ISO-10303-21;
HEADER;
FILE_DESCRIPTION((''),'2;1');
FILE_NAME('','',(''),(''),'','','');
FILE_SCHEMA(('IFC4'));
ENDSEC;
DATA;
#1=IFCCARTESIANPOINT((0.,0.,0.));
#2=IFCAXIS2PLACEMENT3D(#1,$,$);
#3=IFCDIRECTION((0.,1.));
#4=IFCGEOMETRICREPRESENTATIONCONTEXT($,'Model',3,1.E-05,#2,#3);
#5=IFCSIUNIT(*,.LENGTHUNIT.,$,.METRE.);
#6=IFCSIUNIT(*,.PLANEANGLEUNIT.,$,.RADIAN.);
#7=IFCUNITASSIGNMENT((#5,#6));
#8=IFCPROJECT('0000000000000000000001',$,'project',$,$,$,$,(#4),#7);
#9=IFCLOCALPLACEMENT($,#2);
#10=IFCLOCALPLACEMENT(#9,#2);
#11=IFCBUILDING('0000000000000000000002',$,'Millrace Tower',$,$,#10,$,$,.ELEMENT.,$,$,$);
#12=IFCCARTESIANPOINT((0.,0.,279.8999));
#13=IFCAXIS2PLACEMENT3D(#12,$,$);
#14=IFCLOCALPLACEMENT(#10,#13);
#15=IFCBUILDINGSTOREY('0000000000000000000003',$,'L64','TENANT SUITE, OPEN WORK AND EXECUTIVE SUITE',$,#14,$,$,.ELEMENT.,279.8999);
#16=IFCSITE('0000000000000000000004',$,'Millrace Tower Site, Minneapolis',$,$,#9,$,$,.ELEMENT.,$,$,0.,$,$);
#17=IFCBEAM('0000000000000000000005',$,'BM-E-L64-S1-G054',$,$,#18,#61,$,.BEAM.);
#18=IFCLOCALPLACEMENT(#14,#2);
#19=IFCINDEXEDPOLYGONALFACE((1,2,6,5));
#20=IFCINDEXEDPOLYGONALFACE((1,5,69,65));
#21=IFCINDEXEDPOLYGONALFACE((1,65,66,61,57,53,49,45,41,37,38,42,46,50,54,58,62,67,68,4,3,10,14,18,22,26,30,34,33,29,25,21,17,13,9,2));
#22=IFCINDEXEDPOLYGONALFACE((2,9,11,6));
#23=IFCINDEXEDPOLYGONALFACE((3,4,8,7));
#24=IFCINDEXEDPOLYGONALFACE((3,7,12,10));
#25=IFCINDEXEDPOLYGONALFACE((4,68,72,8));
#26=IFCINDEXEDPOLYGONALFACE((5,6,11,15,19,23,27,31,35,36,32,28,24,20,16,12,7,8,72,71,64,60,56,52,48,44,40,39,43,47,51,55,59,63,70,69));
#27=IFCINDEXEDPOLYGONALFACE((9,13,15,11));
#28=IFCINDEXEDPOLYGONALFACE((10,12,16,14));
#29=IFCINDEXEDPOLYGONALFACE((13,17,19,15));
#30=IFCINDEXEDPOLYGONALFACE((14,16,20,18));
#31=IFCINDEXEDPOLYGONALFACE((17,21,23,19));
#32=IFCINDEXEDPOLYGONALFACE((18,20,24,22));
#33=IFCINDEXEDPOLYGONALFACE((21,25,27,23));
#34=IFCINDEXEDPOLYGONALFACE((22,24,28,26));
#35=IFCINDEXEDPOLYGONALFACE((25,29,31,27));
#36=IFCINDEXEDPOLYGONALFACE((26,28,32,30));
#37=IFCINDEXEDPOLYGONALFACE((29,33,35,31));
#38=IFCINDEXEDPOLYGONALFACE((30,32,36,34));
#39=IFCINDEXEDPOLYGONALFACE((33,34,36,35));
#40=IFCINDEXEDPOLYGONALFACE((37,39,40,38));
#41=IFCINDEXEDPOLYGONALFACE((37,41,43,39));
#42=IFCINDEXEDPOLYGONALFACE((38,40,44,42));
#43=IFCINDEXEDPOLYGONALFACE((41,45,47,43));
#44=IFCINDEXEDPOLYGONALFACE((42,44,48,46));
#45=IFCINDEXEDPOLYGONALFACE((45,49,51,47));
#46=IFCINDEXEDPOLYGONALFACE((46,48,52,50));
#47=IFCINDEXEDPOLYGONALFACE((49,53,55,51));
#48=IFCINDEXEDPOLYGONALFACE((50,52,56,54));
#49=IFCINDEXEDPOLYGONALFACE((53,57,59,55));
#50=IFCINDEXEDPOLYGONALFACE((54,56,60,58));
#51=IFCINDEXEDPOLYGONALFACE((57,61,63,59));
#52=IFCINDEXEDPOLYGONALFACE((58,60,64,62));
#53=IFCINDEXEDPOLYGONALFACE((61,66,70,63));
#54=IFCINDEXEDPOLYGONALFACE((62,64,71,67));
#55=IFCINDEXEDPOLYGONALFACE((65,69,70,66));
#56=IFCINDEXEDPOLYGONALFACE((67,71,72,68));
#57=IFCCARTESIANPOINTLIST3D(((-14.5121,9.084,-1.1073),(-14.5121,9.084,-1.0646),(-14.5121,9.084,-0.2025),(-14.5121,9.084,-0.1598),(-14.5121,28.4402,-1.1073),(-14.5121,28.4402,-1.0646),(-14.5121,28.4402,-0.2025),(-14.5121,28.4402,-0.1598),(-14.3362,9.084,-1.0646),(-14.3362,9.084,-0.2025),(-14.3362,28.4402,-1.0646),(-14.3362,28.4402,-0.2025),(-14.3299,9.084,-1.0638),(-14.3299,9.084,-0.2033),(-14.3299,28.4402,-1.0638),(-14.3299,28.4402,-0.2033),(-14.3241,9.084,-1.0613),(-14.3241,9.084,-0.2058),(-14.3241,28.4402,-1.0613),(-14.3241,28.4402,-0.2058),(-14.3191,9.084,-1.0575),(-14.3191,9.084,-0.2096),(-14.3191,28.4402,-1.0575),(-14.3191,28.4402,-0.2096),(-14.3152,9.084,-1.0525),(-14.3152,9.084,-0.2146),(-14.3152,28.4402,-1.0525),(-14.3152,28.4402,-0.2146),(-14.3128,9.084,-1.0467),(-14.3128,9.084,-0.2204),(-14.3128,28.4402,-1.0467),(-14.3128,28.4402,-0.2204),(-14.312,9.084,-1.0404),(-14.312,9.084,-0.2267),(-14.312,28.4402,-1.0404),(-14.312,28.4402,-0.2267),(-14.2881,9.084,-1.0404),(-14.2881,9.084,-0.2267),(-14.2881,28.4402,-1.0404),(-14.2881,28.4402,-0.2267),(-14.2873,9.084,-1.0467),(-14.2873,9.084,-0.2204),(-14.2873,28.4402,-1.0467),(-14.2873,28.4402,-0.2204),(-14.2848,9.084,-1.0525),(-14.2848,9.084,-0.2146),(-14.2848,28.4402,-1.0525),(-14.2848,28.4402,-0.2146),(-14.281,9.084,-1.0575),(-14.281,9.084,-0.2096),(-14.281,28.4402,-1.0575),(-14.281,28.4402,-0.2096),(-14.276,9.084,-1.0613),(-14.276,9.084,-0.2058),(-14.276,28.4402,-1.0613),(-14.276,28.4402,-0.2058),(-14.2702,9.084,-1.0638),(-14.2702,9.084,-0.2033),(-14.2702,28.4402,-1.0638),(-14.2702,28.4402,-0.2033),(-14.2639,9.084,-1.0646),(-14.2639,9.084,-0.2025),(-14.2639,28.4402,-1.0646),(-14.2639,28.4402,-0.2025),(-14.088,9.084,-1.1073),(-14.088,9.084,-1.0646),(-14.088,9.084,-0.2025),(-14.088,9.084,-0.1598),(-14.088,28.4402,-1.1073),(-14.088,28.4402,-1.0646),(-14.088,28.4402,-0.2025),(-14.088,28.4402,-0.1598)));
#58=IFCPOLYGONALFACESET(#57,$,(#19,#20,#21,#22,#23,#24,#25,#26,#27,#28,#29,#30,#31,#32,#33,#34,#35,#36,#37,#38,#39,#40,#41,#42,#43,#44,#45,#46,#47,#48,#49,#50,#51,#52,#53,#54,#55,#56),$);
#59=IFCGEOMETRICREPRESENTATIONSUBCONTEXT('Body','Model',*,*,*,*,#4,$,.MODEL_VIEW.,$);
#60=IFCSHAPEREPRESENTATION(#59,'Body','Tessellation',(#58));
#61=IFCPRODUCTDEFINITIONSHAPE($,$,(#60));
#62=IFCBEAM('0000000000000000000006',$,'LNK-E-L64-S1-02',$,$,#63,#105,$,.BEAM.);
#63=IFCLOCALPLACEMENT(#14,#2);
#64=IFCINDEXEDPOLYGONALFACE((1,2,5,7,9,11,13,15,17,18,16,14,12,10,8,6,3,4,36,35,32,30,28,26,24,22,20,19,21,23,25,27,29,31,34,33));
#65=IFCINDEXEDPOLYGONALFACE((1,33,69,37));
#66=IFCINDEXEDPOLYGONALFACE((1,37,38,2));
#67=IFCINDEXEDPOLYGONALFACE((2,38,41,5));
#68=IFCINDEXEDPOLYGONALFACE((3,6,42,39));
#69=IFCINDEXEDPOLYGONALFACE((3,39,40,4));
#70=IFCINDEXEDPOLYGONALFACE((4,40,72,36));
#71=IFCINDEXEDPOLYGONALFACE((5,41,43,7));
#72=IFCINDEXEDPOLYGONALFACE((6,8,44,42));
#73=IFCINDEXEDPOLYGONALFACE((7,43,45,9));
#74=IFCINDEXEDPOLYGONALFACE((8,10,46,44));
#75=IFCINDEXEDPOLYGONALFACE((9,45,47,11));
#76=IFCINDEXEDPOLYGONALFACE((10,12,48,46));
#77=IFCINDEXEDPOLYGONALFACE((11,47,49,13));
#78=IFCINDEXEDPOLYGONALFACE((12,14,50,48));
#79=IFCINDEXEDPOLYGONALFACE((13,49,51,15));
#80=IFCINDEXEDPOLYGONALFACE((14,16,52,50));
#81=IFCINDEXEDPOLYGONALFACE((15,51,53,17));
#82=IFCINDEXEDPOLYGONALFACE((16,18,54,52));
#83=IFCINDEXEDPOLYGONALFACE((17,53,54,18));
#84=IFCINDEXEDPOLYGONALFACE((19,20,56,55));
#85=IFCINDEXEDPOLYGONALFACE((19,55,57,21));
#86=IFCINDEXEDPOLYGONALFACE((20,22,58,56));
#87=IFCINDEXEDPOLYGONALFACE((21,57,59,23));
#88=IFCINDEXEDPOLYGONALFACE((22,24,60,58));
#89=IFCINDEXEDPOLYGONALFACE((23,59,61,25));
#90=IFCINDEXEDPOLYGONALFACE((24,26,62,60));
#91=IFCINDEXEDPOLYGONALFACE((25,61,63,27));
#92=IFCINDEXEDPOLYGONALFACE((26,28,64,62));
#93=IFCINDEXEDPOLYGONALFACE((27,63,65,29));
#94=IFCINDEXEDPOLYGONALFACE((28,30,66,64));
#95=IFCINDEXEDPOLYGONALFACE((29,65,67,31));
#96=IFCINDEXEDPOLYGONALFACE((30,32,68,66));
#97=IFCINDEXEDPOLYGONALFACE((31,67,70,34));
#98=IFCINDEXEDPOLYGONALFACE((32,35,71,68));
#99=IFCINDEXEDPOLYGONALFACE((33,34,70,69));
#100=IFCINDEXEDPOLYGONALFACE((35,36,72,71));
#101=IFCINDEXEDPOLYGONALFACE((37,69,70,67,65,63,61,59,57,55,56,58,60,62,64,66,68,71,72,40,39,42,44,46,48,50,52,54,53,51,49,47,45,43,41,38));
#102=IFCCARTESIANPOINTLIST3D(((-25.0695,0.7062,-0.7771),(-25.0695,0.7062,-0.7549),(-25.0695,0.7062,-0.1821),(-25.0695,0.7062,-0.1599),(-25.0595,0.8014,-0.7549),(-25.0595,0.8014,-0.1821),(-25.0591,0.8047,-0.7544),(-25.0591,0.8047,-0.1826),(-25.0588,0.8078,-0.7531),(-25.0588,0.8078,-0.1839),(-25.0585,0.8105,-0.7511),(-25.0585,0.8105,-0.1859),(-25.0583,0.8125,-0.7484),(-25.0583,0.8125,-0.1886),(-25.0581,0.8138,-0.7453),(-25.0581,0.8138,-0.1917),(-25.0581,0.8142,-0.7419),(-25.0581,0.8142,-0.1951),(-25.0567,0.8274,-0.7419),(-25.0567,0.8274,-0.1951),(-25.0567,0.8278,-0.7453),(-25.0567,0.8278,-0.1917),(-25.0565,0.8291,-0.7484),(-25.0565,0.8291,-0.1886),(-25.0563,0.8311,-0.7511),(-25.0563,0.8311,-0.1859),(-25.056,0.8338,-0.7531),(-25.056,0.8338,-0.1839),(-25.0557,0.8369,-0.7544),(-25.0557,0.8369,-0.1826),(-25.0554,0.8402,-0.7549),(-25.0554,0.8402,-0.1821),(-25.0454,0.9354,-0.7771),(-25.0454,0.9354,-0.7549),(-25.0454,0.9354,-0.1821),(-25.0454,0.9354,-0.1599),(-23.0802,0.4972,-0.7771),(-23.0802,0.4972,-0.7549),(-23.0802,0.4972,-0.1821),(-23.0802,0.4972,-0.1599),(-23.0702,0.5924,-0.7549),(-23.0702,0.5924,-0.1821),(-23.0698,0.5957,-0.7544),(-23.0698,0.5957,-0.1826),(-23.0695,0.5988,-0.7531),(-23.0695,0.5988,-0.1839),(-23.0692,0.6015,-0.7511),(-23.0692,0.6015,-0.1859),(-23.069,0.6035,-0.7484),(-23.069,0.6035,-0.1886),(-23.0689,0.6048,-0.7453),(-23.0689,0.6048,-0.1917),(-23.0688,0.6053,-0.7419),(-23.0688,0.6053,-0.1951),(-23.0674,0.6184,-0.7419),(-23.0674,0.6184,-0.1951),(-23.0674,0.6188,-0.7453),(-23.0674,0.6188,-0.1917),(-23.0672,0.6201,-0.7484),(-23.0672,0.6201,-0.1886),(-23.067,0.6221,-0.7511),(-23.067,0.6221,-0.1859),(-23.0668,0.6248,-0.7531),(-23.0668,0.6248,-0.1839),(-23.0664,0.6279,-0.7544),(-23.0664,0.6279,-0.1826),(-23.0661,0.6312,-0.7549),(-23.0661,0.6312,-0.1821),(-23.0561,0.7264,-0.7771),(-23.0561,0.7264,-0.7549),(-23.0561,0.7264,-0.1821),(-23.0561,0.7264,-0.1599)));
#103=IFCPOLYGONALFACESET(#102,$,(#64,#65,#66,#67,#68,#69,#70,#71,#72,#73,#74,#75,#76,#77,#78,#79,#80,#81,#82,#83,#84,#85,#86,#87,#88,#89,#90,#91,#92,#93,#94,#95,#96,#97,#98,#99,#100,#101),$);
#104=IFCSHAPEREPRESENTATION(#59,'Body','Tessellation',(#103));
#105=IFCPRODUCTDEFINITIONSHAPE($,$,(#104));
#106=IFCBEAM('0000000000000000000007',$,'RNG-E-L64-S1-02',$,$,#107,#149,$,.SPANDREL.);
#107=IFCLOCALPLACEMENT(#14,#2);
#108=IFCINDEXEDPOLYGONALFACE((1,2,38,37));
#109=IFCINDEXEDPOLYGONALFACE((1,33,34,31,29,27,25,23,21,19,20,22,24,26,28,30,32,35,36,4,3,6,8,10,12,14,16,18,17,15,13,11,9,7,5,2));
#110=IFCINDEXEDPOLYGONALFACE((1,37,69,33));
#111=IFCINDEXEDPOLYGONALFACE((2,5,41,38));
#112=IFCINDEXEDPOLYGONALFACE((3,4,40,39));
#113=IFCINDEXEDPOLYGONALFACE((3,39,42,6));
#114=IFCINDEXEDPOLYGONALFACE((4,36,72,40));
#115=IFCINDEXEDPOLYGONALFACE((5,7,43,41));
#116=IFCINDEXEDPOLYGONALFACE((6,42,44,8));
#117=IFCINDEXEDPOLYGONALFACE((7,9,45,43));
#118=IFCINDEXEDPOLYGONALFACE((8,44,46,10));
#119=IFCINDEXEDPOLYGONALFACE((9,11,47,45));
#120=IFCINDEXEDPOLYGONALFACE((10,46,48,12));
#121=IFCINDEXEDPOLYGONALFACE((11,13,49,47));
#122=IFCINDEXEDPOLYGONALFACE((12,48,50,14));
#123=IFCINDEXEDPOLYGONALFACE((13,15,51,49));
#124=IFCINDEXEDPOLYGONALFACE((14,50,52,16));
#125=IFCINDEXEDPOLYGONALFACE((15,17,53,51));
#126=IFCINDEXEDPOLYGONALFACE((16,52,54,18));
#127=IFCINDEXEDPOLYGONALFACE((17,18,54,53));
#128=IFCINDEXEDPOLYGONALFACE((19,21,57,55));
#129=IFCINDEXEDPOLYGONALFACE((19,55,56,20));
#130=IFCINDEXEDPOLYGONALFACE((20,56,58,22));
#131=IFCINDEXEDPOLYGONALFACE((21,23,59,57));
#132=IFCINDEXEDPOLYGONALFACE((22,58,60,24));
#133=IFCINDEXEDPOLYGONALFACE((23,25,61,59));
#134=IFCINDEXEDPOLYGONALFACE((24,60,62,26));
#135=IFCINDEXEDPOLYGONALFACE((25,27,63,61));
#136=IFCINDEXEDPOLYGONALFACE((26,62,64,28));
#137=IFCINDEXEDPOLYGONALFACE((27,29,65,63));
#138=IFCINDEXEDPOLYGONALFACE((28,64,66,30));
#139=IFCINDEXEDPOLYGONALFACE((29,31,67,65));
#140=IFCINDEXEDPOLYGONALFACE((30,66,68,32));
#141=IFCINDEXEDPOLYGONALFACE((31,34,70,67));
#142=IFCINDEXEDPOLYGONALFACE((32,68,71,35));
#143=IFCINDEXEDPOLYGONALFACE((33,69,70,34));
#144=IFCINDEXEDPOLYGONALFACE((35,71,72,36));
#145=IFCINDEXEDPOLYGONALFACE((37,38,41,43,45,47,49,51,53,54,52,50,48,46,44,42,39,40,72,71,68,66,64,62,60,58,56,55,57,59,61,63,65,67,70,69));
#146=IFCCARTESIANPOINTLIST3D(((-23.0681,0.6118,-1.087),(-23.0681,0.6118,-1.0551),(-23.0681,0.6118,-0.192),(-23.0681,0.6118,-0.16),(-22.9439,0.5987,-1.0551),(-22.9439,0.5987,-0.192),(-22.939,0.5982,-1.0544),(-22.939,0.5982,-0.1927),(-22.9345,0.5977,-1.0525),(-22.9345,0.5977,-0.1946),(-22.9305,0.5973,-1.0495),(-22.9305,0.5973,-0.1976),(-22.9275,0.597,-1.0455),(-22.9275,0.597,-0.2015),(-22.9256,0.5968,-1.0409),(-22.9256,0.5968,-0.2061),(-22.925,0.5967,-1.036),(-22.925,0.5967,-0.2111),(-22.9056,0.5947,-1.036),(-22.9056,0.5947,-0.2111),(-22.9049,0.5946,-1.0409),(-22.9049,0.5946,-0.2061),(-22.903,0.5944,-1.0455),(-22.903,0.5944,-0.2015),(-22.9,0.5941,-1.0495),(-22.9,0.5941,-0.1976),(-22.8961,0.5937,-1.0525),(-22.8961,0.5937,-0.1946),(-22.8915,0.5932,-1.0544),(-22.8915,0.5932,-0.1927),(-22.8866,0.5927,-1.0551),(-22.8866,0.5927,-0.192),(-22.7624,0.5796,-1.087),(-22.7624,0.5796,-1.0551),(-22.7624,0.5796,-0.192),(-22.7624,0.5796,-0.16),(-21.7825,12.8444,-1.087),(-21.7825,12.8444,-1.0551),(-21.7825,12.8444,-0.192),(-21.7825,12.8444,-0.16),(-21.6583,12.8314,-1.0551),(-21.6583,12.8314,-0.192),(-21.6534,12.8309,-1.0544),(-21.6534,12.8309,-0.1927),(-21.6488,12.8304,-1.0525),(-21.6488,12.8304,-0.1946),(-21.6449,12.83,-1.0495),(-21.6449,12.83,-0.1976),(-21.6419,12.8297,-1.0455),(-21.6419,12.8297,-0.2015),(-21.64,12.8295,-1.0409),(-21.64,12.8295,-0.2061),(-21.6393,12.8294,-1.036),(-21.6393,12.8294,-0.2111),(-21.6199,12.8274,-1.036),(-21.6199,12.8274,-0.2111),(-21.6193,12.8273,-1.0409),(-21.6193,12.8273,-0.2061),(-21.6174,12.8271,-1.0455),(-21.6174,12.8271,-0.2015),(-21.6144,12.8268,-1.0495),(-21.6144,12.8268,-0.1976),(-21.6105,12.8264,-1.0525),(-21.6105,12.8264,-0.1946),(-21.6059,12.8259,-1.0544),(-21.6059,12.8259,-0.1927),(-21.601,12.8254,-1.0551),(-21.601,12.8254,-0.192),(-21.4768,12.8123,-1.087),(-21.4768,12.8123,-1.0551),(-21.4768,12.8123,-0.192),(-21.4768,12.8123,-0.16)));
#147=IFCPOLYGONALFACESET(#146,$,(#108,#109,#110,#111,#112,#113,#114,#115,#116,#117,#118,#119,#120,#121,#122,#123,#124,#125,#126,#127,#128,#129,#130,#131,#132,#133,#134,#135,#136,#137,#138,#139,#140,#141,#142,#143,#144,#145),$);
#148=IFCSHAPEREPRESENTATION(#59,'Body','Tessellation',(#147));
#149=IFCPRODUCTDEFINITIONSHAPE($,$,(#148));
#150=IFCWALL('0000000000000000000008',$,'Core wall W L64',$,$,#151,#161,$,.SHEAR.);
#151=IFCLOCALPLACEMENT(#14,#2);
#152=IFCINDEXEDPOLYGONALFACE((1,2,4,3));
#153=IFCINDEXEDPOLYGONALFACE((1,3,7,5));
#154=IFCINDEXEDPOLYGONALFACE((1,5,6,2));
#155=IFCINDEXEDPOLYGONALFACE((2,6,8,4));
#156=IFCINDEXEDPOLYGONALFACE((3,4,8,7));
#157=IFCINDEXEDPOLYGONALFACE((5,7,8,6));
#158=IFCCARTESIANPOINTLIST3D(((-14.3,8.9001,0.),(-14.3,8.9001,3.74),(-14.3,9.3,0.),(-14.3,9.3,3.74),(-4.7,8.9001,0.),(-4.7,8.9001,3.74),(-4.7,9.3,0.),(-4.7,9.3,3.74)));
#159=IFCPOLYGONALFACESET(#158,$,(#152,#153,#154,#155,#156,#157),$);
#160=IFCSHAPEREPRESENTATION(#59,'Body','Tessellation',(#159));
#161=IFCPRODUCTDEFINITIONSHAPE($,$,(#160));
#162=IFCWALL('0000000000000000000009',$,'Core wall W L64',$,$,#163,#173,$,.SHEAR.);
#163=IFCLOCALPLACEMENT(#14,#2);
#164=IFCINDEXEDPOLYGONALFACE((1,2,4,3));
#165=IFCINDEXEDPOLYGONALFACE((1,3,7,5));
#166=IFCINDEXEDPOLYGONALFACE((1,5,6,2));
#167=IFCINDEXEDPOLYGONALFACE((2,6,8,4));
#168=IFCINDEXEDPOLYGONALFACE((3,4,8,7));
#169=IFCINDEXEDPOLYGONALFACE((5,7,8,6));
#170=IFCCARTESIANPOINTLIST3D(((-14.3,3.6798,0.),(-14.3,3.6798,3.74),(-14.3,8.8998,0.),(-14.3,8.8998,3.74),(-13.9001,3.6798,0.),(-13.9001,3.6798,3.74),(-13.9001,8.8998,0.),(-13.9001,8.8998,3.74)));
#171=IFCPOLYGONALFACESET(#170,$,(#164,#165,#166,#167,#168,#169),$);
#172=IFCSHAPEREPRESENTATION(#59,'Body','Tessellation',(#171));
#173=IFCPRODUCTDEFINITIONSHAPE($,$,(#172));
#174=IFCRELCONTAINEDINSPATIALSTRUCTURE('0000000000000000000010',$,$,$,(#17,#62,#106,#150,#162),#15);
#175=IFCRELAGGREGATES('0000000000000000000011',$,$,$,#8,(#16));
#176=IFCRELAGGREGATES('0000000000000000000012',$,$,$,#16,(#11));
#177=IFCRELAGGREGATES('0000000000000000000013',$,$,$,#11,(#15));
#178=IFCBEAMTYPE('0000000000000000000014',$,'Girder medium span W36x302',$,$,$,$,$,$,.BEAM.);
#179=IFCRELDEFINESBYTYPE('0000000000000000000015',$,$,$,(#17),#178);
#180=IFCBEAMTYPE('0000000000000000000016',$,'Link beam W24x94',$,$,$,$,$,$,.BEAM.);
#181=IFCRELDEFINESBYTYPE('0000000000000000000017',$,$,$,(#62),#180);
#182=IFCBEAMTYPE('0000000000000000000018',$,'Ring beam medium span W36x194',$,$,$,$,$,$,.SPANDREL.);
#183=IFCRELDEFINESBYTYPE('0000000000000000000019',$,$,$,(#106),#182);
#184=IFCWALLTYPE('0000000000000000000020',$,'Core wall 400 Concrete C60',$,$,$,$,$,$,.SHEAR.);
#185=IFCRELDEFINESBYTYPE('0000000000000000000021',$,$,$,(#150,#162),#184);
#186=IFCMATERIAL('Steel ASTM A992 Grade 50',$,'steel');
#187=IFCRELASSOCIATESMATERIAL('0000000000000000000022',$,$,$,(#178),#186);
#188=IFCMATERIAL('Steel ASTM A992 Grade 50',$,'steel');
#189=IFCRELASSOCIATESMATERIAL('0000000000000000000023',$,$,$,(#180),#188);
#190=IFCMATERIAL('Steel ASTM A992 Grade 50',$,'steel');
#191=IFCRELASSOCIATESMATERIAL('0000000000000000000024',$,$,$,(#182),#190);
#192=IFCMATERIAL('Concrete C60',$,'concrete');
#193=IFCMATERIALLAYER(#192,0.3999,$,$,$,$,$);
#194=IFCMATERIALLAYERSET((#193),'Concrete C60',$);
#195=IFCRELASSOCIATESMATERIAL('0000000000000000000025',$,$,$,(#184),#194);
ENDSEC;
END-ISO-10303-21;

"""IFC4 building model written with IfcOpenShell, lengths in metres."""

from ifc_helpers import new_model, si_unit, direction, frame, frame_2d, origin, origin_2d, place, context, subcontext, project, spatial, rectangle, i_section, extrude, material, layer, layer_set, material_profile, profile_set, type_object, element, save


model = new_model("IFC4")

# Units and contexts
model_context = context("Model", 3, precision=1e-05, world=origin(), true_north=direction((0.0, 1.0)))
body_context = subcontext(model_context, "Body", "Model", "MODEL_VIEW")
ifc_project = project(units=[si_unit("LENGTHUNIT", "METRE"), si_unit("PLANEANGLEUNIT", "RADIAN")], contexts=[model_context])

# Site, building, storey
site_placement = place(None, origin())
site = spatial("IfcSite", under=ifc_project, at=site_placement, Name="Millrace Tower Site, Minneapolis", CompositionType="ELEMENT", RefElevation=0.0)
building_placement = place(site_placement, origin())
building = spatial("IfcBuilding", under=site, at=building_placement, Name="Millrace Tower", CompositionType="ELEMENT")
storey_placement = place(building_placement, frame((0.0, 0.0, 279.8999)))
storey = spatial("IfcBuildingStorey", under=building, at=storey_placement, Name="L64", Description="TENANT SUITE, OPEN WORK AND EXECUTIVE SUITE", CompositionType="ELEMENT", Elevation=279.8999)

# Beams
ifc_material_1 = material(Name="Steel ASTM A992 Grade 50", Category="steel")
ifc_material_profile_1 = material_profile(ifc_material_1, i_section(OverallWidth=0.4241, OverallDepth=0.9475, WebThickness=0.0239, FlangeThickness=0.0427, FilletRadius=0.0242, at=origin_2d()))
ifc_profile_set_1 = profile_set([ifc_material_profile_1], Name="Steel ASTM A992 Grade 50")
beam_type_1 = type_object("IfcBeamType", Name="Girder medium span W36x302", PredefinedType="BEAM", material=ifc_profile_set_1)
beam_1_placement = place(storey_placement, frame((-14.3, 9.084, -0.6335), z_axis=(0.0, 1.0, 0.0), x_axis=(-1.0, 0.0, 0.0)))
element("IfcBeam", 1, at=beam_1_placement, inside=storey, type_object=beam_type_1, Name="BM-E-L64-S1-G054", PredefinedType="BEAM", context=body_context, shape_type="SweptSolid", body=[
    extrude(i_section(OverallWidth=0.4241, OverallDepth=0.9475, WebThickness=0.0239, FlangeThickness=0.0427, FilletRadius=0.0242, at=origin_2d()), origin(), (0.0, 0.0, 1.0), 19.3562),
])
ifc_material_2 = material(Name="Steel ASTM A992 Grade 50", Category="steel")
ifc_material_profile_2 = material_profile(ifc_material_2, i_section(OverallWidth=0.2305, OverallDepth=0.6172, WebThickness=0.0132, FlangeThickness=0.0222, FilletRadius=0.0129, at=origin_2d()))
ifc_profile_set_2 = profile_set([ifc_material_profile_2], Name="Steel ASTM A992 Grade 50")
beam_type_2 = type_object("IfcBeamType", Name="Link beam W24x94", PredefinedType="BEAM", material=ifc_profile_set_2)
beam_2_placement = place(storey_placement, frame((-23.0681, 0.6118, -0.4685), z_axis=(-0.994527, 0.104481, 0.0), x_axis=(-0.104481, -0.994527, 0.0)))
element("IfcBeam", 2, at=beam_2_placement, inside=storey, type_object=beam_type_2, Name="LNK-E-L64-S1-02", PredefinedType="BEAM", context=body_context, shape_type="SweptSolid", body=[
    extrude(i_section(OverallWidth=0.2305, OverallDepth=0.6172, WebThickness=0.0132, FlangeThickness=0.0222, FilletRadius=0.0129, at=origin_2d()), origin(), (0.0, 0.0, 1.0), 2.0002),
])
ifc_material_3 = material(Name="Steel ASTM A992 Grade 50", Category="steel")
ifc_material_profile_3 = material_profile(ifc_material_3, i_section(OverallWidth=0.3074, OverallDepth=0.927, WebThickness=0.0195, FlangeThickness=0.032, FilletRadius=0.019, at=origin_2d()))
ifc_profile_set_3 = profile_set([ifc_material_profile_3], Name="Steel ASTM A992 Grade 50")
beam_type_3 = type_object("IfcBeamType", Name="Ring beam medium span W36x194", PredefinedType="SPANDREL", material=ifc_profile_set_3)
beam_3_placement = place(storey_placement, frame((-22.9153, 0.5957, -0.6235), z_axis=(0.104524, 0.994522, 0.0), x_axis=(-0.994522, 0.104524, 0.0)))
element("IfcBeam", 3, at=beam_3_placement, inside=storey, type_object=beam_type_3, Name="RNG-E-L64-S1-02", PredefinedType="SPANDREL", context=body_context, shape_type="SweptSolid", body=[
    extrude(i_section(OverallWidth=0.3074, OverallDepth=0.927, WebThickness=0.0195, FlangeThickness=0.032, FilletRadius=0.019, at=origin_2d()), origin(), (0.0, 0.0, 1.0), 12.3),
])

# Walls
ifc_material_4 = material(Name="Concrete C60", Category="concrete")
ifc_layer_1 = layer(ifc_material_4, 0.3999)
ifc_layer_set_1 = layer_set([ifc_layer_1], Name="Concrete C60")
wall_type_1 = type_object("IfcWallType", Name="Core wall 400 Concrete C60", PredefinedType="SHEAR", material=ifc_layer_set_1)
wall_1_placement = place(storey_placement, frame((-14.3, 9.1001, 0.0), z_axis=(0.0, 0.0, 1.0), x_axis=(1.0, 0.0, 0.0)))
element("IfcWall", 4, at=wall_1_placement, inside=storey, type_object=wall_type_1, Name="Core wall W L64", PredefinedType="SHEAR", context=body_context, shape_type="SweptSolid", body=[
    extrude(rectangle(XDim=9.6001, YDim=0.3999, at=frame_2d((4.8, 0.0))), origin(), (0.0, 0.0, 1.0), 3.74),
])
wall_2_placement = place(storey_placement, frame((-14.1001, 3.6799, 0.0), z_axis=(0.0, 0.0, 1.0), x_axis=(0.0, 1.0, 0.0)))
element("IfcWall", 5, at=wall_2_placement, inside=storey, type_object=wall_type_1, Name="Core wall W L64", PredefinedType="SHEAR", context=body_context, shape_type="SweptSolid", body=[
    extrude(rectangle(XDim=5.22, YDim=0.3999, at=frame_2d((2.6099, 0.0))), origin(), (0.0, 0.0, 1.0), 3.74),
])

save(model, "model.ifc")
